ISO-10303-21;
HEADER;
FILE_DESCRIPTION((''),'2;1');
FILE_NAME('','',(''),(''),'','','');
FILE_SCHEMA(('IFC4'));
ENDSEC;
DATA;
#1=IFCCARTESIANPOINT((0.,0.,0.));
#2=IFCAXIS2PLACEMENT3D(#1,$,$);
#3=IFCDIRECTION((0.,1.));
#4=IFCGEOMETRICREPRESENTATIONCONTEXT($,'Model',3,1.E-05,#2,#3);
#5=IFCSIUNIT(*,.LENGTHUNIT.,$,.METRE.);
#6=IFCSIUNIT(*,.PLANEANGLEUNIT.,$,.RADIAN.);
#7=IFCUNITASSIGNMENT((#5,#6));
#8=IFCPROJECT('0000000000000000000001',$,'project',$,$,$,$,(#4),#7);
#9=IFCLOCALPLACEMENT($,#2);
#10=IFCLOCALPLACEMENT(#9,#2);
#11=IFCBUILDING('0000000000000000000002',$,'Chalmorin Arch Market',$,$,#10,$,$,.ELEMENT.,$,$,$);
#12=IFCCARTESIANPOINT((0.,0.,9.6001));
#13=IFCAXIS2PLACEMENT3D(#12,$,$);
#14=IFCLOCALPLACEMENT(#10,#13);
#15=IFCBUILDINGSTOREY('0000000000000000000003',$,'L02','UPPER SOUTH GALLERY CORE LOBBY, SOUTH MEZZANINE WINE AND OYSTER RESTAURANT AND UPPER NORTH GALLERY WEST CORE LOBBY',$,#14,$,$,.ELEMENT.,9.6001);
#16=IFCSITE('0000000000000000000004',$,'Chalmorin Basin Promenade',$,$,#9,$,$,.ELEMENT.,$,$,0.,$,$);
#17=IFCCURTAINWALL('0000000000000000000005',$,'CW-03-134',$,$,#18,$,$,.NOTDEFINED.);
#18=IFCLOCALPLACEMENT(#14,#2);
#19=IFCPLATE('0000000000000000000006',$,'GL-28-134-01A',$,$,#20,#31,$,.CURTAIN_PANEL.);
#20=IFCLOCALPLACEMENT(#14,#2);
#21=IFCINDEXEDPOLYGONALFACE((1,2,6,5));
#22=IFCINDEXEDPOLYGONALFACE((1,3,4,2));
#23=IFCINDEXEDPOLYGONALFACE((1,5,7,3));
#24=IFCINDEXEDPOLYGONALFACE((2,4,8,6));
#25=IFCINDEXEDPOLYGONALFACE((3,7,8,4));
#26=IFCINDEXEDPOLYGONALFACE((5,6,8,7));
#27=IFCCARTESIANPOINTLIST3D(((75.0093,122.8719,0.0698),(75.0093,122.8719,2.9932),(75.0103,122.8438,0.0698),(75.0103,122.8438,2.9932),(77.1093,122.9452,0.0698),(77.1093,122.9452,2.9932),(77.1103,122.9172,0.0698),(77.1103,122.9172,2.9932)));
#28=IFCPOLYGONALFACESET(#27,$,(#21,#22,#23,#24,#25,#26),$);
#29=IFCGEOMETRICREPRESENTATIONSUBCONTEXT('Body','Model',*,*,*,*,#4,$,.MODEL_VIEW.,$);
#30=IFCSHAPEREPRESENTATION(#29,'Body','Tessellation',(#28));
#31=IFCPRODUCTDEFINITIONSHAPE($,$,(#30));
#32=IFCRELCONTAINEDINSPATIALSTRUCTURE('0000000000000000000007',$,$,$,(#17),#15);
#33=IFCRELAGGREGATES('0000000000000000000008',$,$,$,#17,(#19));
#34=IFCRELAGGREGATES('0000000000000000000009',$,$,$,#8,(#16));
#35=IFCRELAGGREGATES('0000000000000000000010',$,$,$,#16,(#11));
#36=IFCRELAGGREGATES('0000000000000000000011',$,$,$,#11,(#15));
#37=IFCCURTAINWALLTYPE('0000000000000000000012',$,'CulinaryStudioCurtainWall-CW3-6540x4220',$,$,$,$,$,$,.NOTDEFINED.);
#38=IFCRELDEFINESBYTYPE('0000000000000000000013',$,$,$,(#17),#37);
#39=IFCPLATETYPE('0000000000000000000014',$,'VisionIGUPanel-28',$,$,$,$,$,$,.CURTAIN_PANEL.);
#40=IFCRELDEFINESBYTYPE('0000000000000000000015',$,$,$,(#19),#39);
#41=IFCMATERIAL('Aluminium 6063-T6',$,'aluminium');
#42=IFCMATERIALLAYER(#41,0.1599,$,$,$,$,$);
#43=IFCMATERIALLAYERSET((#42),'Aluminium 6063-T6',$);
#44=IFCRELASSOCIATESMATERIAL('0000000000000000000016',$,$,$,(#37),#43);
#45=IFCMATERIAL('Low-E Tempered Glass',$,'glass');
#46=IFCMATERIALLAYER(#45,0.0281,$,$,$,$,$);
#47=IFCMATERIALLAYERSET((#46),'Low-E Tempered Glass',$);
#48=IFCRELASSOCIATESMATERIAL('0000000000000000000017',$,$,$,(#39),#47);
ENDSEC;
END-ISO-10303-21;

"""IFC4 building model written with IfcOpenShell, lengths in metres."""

from ifc_helpers import new_model, si_unit, direction, frame, origin, origin_2d, place, context, subcontext, project, spatial, rectangle, extrude, material, layer, layer_set, type_object, element, aggregate, save


model = new_model("IFC4")

# Units and contexts
model_context = context("Model", 3, precision=1e-05, world=origin(), true_north=direction((0.0, 1.0)))
body_context = subcontext(model_context, "Body", "Model", "MODEL_VIEW")
ifc_project = project(units=[si_unit("LENGTHUNIT", "METRE"), si_unit("PLANEANGLEUNIT", "RADIAN")], contexts=[model_context])

# Site, building, storey
site_placement = place(None, origin())
site = spatial("IfcSite", under=ifc_project, at=site_placement, Name="Chalmorin Basin Promenade", CompositionType="ELEMENT", RefElevation=0.0)
building_placement = place(site_placement, origin())
building = spatial("IfcBuilding", under=site, at=building_placement, Name="Chalmorin Arch Market", CompositionType="ELEMENT")
storey_placement = place(building_placement, frame((0.0, 0.0, 9.6001)))
storey = spatial("IfcBuildingStorey", under=building, at=storey_placement, Name="L02", Description="UPPER SOUTH GALLERY CORE LOBBY, SOUTH MEZZANINE WINE AND OYSTER RESTAURANT AND UPPER NORTH GALLERY WEST CORE LOBBY", CompositionType="ELEMENT", Elevation=9.6001)

# Shared definitions
ifc_material_1 = material(Name="Aluminium 6063-T6", Category="aluminium")

# Curtain wall
ifc_layer_1 = layer(ifc_material_1, 0.1599)
ifc_layer_set_1 = layer_set([ifc_layer_1], Name="Aluminium 6063-T6")
curtain_wall_type_1 = type_object("IfcCurtainWallType", Name="CulinaryStudioCurtainWall-CW3-6540x4220", PredefinedType="NOTDEFINED", material=ifc_layer_set_1)
curtain_wall_1_placement = place(storey_placement, origin())
curtain_wall_1 = element("IfcCurtainWall", 1, at=curtain_wall_1_placement, inside=storey, type_object=curtain_wall_type_1, Name="CW-03-134", PredefinedType="NOTDEFINED")

# Plate
ifc_material_2 = material(Name="Low-E Tempered Glass", Category="glass")
ifc_layer_2 = layer(ifc_material_2, 0.0281)
ifc_layer_set_2 = layer_set([ifc_layer_2], Name="Low-E Tempered Glass")
plate_type_1 = type_object("IfcPlateType", Name="VisionIGUPanel-28", PredefinedType="CURTAIN_PANEL", material=ifc_layer_set_2)
plate_1_placement = place(storey_placement, frame((76.0598, 122.8945, 0.0698), z_axis=(0.0, 0.0, 1.0), x_axis=(0.999391, 0.034899, 0.0)))
plate_1 = element("IfcPlate", 2, at=plate_1_placement, type_object=plate_type_1, Name="GL-28-134-01A", PredefinedType="CURTAIN_PANEL", context=body_context, shape_type="SweptSolid", body=[
    extrude(rectangle(XDim=2.1013, YDim=0.0281, at=origin_2d()), origin(), (0.0, 0.0, 1.0), 2.9233),
])
aggregate(curtain_wall_1, [plate_1])

save(model, "model.ifc")
